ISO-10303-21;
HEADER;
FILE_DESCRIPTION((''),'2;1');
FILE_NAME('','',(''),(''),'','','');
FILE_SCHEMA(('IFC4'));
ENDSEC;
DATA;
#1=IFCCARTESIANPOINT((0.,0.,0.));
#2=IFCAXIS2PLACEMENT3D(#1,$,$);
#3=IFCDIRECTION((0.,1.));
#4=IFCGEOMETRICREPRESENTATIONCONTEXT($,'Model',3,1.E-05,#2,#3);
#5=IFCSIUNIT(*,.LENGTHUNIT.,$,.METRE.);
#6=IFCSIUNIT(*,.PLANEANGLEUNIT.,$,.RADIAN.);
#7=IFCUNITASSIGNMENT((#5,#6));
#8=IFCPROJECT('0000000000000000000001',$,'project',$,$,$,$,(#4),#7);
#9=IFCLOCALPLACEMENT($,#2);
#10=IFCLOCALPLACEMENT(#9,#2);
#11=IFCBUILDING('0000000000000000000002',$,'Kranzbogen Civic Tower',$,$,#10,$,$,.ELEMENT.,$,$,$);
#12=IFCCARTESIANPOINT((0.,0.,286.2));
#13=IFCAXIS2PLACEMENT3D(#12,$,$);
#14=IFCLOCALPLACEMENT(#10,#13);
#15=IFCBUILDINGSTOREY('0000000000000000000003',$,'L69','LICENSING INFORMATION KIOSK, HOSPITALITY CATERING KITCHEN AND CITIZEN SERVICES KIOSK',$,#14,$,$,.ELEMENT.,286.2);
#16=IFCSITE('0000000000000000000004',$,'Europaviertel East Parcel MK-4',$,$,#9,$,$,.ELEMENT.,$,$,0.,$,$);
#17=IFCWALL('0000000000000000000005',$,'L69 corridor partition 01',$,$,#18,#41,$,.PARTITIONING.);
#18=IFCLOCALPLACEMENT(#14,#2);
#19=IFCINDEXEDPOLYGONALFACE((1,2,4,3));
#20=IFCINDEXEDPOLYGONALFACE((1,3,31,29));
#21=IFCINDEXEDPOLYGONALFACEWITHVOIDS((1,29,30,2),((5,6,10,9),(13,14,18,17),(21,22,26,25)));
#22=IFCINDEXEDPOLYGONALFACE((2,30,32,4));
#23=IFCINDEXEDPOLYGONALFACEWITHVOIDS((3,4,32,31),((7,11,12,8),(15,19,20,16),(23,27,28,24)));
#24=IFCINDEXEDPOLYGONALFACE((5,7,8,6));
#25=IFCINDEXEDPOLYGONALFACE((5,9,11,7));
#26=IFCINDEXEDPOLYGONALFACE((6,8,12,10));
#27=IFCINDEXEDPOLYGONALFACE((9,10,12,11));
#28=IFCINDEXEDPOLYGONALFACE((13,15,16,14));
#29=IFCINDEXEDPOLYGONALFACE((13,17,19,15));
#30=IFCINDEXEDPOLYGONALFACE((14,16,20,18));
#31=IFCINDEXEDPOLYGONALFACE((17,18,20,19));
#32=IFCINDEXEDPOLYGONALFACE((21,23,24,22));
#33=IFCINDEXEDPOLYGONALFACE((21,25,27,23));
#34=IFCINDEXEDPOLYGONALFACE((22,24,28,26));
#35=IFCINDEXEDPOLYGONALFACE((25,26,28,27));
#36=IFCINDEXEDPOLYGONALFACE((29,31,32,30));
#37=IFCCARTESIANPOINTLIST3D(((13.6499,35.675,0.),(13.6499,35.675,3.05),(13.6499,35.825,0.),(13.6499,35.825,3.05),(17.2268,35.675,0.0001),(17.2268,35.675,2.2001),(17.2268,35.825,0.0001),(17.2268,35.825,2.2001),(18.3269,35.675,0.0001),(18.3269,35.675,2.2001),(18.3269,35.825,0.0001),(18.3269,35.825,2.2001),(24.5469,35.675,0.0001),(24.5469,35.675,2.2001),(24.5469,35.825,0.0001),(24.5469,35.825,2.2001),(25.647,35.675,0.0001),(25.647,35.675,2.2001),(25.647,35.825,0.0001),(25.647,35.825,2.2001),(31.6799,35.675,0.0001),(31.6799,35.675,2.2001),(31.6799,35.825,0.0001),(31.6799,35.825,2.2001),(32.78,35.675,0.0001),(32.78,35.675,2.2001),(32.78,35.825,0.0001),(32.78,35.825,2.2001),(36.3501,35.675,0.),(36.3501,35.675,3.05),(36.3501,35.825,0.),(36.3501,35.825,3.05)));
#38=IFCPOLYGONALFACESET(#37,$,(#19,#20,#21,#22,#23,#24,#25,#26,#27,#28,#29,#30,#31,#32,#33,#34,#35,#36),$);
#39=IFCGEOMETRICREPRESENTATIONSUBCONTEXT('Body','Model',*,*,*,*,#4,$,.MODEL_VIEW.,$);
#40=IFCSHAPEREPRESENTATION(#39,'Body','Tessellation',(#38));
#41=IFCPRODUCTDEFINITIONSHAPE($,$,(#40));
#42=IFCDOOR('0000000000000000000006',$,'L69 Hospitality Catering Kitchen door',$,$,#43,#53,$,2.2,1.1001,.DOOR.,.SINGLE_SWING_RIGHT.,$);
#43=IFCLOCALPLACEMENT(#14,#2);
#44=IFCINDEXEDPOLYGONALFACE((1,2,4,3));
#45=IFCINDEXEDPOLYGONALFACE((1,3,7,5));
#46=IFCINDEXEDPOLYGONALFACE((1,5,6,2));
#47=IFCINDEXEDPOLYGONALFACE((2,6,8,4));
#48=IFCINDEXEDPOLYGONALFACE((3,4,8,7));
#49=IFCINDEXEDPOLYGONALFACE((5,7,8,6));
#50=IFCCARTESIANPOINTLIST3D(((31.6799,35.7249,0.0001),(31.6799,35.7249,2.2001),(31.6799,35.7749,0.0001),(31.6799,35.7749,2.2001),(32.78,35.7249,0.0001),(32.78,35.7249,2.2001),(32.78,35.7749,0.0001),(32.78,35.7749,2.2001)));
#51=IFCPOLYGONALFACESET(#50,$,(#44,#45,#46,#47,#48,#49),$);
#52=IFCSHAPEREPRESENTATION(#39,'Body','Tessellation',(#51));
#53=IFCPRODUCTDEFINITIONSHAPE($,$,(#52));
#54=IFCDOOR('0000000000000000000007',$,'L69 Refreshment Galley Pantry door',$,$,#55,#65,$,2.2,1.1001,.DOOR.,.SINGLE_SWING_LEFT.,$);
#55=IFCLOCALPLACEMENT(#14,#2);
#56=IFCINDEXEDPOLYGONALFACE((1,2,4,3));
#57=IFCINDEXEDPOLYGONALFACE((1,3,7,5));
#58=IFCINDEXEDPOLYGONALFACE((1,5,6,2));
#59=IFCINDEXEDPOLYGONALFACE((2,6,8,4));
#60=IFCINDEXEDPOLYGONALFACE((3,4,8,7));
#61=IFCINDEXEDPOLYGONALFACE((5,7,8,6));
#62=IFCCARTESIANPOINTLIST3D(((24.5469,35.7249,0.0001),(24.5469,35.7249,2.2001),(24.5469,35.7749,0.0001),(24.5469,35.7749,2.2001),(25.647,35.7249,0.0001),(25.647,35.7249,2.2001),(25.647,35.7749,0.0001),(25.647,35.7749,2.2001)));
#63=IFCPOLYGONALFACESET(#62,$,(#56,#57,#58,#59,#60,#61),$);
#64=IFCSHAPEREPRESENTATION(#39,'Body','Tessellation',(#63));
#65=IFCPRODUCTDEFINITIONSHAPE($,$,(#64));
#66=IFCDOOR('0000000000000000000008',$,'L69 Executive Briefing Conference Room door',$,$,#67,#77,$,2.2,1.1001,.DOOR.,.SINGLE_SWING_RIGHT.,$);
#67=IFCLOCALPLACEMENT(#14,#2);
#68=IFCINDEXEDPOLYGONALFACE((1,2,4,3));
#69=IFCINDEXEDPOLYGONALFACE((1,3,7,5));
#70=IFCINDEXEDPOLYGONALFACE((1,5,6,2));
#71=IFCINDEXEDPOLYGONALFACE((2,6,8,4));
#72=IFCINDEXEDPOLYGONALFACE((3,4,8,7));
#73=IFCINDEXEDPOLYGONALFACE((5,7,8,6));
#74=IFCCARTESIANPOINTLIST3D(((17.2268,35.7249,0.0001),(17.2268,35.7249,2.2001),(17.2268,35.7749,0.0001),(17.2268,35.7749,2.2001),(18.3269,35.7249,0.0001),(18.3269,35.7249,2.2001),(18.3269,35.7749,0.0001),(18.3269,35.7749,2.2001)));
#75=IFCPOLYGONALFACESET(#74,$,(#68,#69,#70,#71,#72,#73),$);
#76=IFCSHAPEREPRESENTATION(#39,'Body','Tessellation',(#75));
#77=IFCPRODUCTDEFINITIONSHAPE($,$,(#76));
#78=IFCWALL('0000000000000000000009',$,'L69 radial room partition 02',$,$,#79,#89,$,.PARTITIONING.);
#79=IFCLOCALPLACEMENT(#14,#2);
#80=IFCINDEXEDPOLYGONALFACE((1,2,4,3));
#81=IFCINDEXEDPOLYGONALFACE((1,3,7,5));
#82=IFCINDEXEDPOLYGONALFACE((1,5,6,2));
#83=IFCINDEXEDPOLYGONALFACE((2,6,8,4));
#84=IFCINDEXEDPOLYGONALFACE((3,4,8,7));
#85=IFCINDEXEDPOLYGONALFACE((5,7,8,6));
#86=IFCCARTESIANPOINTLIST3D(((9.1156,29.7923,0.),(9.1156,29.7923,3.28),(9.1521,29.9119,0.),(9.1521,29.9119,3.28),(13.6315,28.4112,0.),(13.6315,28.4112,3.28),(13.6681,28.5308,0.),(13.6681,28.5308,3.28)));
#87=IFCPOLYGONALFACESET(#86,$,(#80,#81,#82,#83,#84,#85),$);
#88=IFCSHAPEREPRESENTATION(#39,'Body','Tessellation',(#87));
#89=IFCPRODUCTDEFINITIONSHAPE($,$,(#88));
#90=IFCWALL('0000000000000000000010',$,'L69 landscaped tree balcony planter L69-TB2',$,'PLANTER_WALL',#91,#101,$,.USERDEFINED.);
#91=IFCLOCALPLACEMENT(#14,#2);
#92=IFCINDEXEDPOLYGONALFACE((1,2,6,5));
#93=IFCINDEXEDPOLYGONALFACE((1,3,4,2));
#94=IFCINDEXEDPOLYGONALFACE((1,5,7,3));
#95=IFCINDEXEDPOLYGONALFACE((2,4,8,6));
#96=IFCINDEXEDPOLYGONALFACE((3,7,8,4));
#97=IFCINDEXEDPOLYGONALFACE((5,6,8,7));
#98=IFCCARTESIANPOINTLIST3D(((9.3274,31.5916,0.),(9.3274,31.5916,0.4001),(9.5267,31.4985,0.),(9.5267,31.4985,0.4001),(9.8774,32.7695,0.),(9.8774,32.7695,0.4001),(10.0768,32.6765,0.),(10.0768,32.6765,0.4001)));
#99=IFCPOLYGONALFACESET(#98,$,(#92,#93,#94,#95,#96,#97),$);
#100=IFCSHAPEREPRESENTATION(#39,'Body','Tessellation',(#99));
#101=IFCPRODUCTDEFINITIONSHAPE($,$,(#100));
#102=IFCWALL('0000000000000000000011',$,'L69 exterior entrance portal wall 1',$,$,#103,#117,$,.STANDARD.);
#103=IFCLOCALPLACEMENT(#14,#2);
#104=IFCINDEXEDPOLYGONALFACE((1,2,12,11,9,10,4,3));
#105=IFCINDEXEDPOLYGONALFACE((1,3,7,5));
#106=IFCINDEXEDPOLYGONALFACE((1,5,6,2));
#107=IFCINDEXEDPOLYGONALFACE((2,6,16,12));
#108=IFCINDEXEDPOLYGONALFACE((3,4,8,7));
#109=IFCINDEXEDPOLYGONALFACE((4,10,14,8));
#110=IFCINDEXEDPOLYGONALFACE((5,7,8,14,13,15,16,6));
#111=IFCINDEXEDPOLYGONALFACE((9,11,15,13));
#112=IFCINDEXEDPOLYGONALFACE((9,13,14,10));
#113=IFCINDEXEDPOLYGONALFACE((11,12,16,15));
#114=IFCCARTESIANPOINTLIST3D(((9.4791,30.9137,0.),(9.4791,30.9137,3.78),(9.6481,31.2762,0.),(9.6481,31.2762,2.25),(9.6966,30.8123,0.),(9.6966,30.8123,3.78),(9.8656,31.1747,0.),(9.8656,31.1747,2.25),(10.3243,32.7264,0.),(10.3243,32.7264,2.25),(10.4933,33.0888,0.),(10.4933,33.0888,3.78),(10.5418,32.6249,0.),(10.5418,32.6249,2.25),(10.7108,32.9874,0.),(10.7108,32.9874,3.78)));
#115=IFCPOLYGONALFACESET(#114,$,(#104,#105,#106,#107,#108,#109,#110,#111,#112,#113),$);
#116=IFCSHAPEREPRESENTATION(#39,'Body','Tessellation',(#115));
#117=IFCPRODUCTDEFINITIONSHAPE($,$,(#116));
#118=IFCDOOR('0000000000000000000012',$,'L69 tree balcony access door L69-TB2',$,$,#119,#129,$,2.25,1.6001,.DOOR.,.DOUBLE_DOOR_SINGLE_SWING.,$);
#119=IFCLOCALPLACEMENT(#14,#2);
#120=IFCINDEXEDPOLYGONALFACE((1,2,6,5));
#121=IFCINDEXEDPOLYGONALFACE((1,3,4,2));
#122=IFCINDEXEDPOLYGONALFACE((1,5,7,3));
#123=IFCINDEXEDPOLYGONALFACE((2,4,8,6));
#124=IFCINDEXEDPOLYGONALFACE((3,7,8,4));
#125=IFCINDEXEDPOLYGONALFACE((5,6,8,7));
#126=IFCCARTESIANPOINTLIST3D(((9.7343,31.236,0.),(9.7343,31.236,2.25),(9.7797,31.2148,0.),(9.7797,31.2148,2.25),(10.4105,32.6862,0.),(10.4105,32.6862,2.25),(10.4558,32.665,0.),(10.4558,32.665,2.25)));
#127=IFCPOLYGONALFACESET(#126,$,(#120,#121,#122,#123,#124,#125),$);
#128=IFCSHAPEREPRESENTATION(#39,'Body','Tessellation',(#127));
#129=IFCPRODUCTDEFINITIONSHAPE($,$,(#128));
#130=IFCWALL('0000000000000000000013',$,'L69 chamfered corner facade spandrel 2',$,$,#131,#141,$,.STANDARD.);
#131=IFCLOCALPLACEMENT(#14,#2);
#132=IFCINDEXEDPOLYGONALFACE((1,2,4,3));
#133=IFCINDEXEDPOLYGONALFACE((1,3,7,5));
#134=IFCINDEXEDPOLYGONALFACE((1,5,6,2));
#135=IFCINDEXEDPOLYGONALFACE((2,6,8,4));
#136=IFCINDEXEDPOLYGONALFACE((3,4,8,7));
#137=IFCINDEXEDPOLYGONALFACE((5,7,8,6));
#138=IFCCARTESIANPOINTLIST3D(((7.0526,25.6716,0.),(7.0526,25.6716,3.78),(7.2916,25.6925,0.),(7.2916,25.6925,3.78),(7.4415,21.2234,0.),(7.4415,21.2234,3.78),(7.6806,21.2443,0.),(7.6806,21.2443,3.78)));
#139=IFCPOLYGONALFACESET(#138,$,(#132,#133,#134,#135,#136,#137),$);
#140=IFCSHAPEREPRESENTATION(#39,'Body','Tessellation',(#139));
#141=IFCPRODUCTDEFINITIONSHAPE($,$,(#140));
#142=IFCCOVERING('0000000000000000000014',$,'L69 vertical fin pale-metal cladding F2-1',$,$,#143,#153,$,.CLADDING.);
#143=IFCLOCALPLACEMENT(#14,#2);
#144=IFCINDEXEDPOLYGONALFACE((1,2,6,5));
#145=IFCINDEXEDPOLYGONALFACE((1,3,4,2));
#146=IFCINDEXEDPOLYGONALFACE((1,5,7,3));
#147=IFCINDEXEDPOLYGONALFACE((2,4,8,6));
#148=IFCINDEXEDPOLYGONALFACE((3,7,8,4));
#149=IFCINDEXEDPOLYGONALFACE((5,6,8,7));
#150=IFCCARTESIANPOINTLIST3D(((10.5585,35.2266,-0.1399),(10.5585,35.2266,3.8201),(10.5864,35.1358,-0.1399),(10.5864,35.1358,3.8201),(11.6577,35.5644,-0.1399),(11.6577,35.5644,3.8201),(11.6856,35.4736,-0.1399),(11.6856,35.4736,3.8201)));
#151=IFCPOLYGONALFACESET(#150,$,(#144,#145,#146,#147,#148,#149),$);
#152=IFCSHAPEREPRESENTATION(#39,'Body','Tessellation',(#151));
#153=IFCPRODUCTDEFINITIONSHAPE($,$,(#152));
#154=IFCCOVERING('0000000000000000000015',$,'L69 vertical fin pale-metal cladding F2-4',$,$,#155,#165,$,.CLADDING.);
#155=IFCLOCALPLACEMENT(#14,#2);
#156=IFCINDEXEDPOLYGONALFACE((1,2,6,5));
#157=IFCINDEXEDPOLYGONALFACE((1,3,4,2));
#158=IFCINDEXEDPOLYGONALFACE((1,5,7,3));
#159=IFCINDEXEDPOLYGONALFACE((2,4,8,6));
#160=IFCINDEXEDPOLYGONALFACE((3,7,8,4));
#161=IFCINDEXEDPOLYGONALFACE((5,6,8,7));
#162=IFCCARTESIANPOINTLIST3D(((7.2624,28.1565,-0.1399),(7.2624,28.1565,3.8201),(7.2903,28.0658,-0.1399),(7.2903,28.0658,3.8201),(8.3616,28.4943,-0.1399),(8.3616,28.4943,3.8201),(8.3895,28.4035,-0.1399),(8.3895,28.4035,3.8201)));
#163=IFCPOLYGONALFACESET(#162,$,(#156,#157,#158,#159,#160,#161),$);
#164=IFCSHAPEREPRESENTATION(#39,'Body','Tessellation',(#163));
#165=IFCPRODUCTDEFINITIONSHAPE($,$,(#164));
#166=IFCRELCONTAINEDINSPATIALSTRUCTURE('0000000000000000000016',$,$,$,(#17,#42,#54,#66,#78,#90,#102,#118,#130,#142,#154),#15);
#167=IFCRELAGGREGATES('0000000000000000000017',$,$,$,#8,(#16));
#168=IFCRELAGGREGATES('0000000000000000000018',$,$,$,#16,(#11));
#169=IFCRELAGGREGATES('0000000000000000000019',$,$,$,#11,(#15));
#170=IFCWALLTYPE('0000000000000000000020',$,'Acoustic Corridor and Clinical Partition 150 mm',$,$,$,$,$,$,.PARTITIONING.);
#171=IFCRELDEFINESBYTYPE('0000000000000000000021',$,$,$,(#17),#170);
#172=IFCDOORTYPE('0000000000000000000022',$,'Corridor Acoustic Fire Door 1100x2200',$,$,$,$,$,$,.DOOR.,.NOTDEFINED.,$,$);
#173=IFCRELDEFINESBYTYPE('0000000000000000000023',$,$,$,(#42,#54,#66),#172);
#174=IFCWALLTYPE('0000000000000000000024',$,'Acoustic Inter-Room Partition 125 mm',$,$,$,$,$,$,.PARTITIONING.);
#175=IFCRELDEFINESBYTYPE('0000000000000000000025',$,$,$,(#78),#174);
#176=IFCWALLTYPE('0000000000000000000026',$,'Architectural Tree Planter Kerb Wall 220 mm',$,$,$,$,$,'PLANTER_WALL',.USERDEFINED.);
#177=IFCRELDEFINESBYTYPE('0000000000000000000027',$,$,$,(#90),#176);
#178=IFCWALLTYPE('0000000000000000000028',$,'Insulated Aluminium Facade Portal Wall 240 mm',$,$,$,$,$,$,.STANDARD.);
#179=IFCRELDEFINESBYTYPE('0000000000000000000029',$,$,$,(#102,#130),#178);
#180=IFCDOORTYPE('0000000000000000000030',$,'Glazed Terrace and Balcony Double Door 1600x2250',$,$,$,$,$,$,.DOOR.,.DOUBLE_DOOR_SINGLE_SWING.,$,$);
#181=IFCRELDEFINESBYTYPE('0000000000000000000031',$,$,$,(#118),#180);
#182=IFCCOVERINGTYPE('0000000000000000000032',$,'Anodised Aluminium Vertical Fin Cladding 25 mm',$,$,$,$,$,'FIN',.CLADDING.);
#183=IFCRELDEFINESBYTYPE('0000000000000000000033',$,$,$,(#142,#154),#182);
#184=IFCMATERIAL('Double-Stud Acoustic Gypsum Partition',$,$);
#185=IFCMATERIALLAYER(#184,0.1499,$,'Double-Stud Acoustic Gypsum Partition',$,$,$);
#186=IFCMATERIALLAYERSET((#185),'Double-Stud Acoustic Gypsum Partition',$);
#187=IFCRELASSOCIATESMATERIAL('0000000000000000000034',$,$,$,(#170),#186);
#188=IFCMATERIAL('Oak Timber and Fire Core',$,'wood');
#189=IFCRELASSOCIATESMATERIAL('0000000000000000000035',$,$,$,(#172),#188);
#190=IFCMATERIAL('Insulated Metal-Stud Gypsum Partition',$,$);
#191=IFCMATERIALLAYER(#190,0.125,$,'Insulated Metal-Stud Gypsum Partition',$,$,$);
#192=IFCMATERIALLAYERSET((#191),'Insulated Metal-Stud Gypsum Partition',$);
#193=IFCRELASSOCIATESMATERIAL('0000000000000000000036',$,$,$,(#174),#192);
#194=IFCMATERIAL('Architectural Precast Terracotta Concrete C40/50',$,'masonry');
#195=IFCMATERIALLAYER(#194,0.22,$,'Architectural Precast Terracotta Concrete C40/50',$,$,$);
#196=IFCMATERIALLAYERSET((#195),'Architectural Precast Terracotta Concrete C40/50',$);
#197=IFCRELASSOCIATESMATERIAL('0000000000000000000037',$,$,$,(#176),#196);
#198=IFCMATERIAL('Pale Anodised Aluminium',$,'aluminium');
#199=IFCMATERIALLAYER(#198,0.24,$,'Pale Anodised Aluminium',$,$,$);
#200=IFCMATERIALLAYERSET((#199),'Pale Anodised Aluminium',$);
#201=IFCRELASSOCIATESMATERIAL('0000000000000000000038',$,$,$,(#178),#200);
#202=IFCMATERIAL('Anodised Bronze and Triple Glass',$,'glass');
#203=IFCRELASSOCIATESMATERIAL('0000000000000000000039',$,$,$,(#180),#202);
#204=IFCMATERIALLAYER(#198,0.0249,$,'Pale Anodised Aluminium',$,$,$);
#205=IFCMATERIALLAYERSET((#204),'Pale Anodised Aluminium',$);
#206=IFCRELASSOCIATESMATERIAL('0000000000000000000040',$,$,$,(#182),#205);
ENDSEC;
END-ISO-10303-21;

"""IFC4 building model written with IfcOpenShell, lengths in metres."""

from ifc_helpers import new_model, si_unit, direction, frame, frame_2d, origin, origin_2d, place, context, subcontext, project, spatial, rectangle, extrude, material, layer, layer_set, type_object, element, fill, save


model = new_model("IFC4")

# Units and contexts
model_context = context("Model", 3, precision=1e-05, world=origin(), true_north=direction((0.0, 1.0)))
body_context = subcontext(model_context, "Body", "Model", "MODEL_VIEW")
ifc_project = project(units=[si_unit("LENGTHUNIT", "METRE"), si_unit("PLANEANGLEUNIT", "RADIAN")], contexts=[model_context])

# Site, building, storey
site_placement = place(None, origin())
site = spatial("IfcSite", under=ifc_project, at=site_placement, Name="Europaviertel East Parcel MK-4", CompositionType="ELEMENT", RefElevation=0.0)
building_placement = place(site_placement, origin())
building = spatial("IfcBuilding", under=site, at=building_placement, Name="Kranzbogen Civic Tower", CompositionType="ELEMENT")
storey_placement = place(building_placement, frame((0.0, 0.0, 286.2)))
storey = spatial("IfcBuildingStorey", under=building, at=storey_placement, Name="L69", Description="LICENSING INFORMATION KIOSK, HOSPITALITY CATERING KITCHEN AND CITIZEN SERVICES KIOSK", CompositionType="ELEMENT", Elevation=286.2)

# Shared definitions
ifc_material_1 = material(Name="Pale Anodised Aluminium", Category="aluminium")

# Wall, openings, doors
ifc_material_2 = material(Name="Double-Stud Acoustic Gypsum Partition")
ifc_layer_1 = layer(ifc_material_2, 0.1499, Name="Double-Stud Acoustic Gypsum Partition")
ifc_layer_set_1 = layer_set([ifc_layer_1], Name="Double-Stud Acoustic Gypsum Partition")
wall_type_1 = type_object("IfcWallType", Name="Acoustic Corridor and Clinical Partition 150 mm", PredefinedType="PARTITIONING", material=ifc_layer_set_1)
wall_1_placement = place(storey_placement, frame((13.6499, 35.75, 0.0), z_axis=(0.0, 0.0, 1.0), x_axis=(1.0, 0.0, 0.0)))
wall_1 = element("IfcWall", 1, at=wall_1_placement, inside=storey, type_object=wall_type_1, Name="L69 corridor partition 01", PredefinedType="PARTITIONING", context=body_context, shape_type="SweptSolid", body=[
    extrude(rectangle(XDim=22.7002, YDim=0.1499, at=frame_2d((11.3501, 0.0))), origin(), (0.0, 0.0, 1.0), 3.05),
])
opening_1_placement = place(wall_1_placement, frame((18.03, 0.0, 0.0)))
opening_1 = element("IfcOpeningElement", 2, at=opening_1_placement, cuts=wall_1, PredefinedType="OPENING", context=body_context, shape_type="SweptSolid", body=[
    extrude(rectangle(XDim=1.1001, YDim=2.2, at=frame_2d((0.55, 1.1001))), frame((0.0, 0.085, 0.0), z_axis=(0.0, -1.0, 0.0), x_axis=(1.0, 0.0, 0.0)), (0.0, 0.0, 1.0), 0.1699),
])
opening_2_placement = place(wall_1_placement, frame((10.897, 0.0, 0.0)))
opening_2 = element("IfcOpeningElement", 3, at=opening_2_placement, cuts=wall_1, PredefinedType="OPENING", context=body_context, shape_type="SweptSolid", body=[
    extrude(rectangle(XDim=1.1001, YDim=2.2, at=frame_2d((0.55, 1.1001))), frame((0.0, 0.085, 0.0), z_axis=(0.0, -1.0, 0.0), x_axis=(1.0, 0.0, 0.0)), (0.0, 0.0, 1.0), 0.1699),
])
opening_3_placement = place(wall_1_placement, frame((3.5769, 0.0, 0.0)))
opening_3 = element("IfcOpeningElement", 4, at=opening_3_placement, cuts=wall_1, PredefinedType="OPENING", context=body_context, shape_type="SweptSolid", body=[
    extrude(rectangle(XDim=1.1001, YDim=2.2, at=frame_2d((0.55, 1.1001))), frame((0.0, 0.085, 0.0), z_axis=(0.0, -1.0, 0.0), x_axis=(1.0, 0.0, 0.0)), (0.0, 0.0, 1.0), 0.1699),
])
ifc_material_3 = material(Name="Oak Timber and Fire Core", Category="wood")
door_type_1 = type_object("IfcDoorType", Name="Corridor Acoustic Fire Door 1100x2200", OperationType="NOTDEFINED", PredefinedType="DOOR", material=ifc_material_3)
door_1_placement = place(opening_1_placement, origin())
door_1 = element("IfcDoor", 5, at=door_1_placement, inside=storey, type_object=door_type_1, Name="L69 Hospitality Catering Kitchen door", OperationType="SINGLE_SWING_RIGHT", OverallHeight=2.2, OverallWidth=1.1001, PredefinedType="DOOR", context=body_context, shape_type="SweptSolid", body=[
    extrude(rectangle(XDim=1.1001, YDim=2.2, at=frame_2d((0.55, 1.1001))), frame((0.0, 0.0249, 0.0), z_axis=(0.0, -1.0, 0.0), x_axis=(1.0, 0.0, 0.0)), (0.0, 0.0, 1.0), 0.05),
])
fill(opening_1, door_1)
door_2_placement = place(opening_2_placement, origin())
door_2 = element("IfcDoor", 6, at=door_2_placement, inside=storey, type_object=door_type_1, Name="L69 Refreshment Galley Pantry door", OperationType="SINGLE_SWING_LEFT", OverallHeight=2.2, OverallWidth=1.1001, PredefinedType="DOOR", context=body_context, shape_type="SweptSolid", body=[
    extrude(rectangle(XDim=1.1001, YDim=2.2, at=frame_2d((0.55, 1.1001))), frame((0.0, 0.0249, 0.0), z_axis=(0.0, -1.0, 0.0), x_axis=(1.0, 0.0, 0.0)), (0.0, 0.0, 1.0), 0.05),
])
fill(opening_2, door_2)
door_3_placement = place(opening_3_placement, origin())
door_3 = element("IfcDoor", 7, at=door_3_placement, inside=storey, type_object=door_type_1, Name="L69 Executive Briefing Conference Room door", OperationType="SINGLE_SWING_RIGHT", OverallHeight=2.2, OverallWidth=1.1001, PredefinedType="DOOR", context=body_context, shape_type="SweptSolid", body=[
    extrude(rectangle(XDim=1.1001, YDim=2.2, at=frame_2d((0.55, 1.1001))), frame((0.0, 0.0249, 0.0), z_axis=(0.0, -1.0, 0.0), x_axis=(1.0, 0.0, 0.0)), (0.0, 0.0, 1.0), 0.05),
])
fill(opening_3, door_3)

# Walls
ifc_material_4 = material(Name="Insulated Metal-Stud Gypsum Partition")
ifc_layer_2 = layer(ifc_material_4, 0.125, Name="Insulated Metal-Stud Gypsum Partition")
ifc_layer_set_2 = layer_set([ifc_layer_2], Name="Insulated Metal-Stud Gypsum Partition")
wall_type_2 = type_object("IfcWallType", Name="Acoustic Inter-Room Partition 125 mm", PredefinedType="PARTITIONING", material=ifc_layer_set_2)
wall_2_placement = place(storey_placement, frame((13.6499, 28.4709, 0.0), z_axis=(0.0, 0.0, 1.0), x_axis=(-0.956277, 0.292462, 0.0)))
element("IfcWall", 8, at=wall_2_placement, inside=storey, type_object=wall_type_2, Name="L69 radial room partition 02", PredefinedType="PARTITIONING", context=body_context, shape_type="SweptSolid", body=[
    extrude(rectangle(XDim=4.7224, YDim=0.125, at=frame_2d((2.3613, 0.0))), origin(), (0.0, 0.0, 1.0), 3.28),
])
ifc_material_5 = material(Name="Architectural Precast Terracotta Concrete C40/50", Category="masonry")
ifc_layer_3 = layer(ifc_material_5, 0.22, Name="Architectural Precast Terracotta Concrete C40/50")
ifc_layer_set_3 = layer_set([ifc_layer_3], Name="Architectural Precast Terracotta Concrete C40/50")
wall_type_3 = type_object("IfcWallType", Name="Architectural Tree Planter Kerb Wall 220 mm", ElementType="PLANTER_WALL", PredefinedType="USERDEFINED", material=ifc_layer_set_3)
wall_3_placement = place(storey_placement, frame((9.9771, 32.7229, 0.0), z_axis=(0.0, 0.0, 1.0), x_axis=(-0.423091, -0.906087, 0.0)))
element("IfcWall", 9, at=wall_3_placement, inside=storey, type_object=wall_type_3, Name="L69 landscaped tree balcony planter L69-TB2", ObjectType="PLANTER_WALL", PredefinedType="USERDEFINED", context=body_context, shape_type="SweptSolid", body=[
    extrude(rectangle(XDim=1.3, YDim=0.22, at=frame_2d((0.6499, 0.0))), origin(), (0.0, 0.0, 1.0), 0.4001),
])

# Wall, opening, door
ifc_layer_4 = layer(ifc_material_1, 0.24, Name="Pale Anodised Aluminium")
ifc_layer_set_4 = layer_set([ifc_layer_4], Name="Pale Anodised Aluminium")
wall_type_4 = type_object("IfcWallType", Name="Insulated Aluminium Facade Portal Wall 240 mm", PredefinedType="STANDARD", material=ifc_layer_set_4)
wall_4_placement = place(storey_placement, frame((10.6021, 33.0381, 0.0), z_axis=(0.0, 0.0, 1.0), x_axis=(-0.42259, -0.906321, 0.0)))
wall_4 = element("IfcWall", 10, at=wall_4_placement, inside=storey, type_object=wall_type_4, Name="L69 exterior entrance portal wall 1", PredefinedType="STANDARD", context=body_context, shape_type="SweptSolid", body=[
    extrude(rectangle(XDim=2.3999, YDim=0.24, at=frame_2d((1.2, 0.0))), origin(), (0.0, 0.0, 1.0), 3.78),
])
opening_4_placement = place(wall_4_placement, frame((0.3999, 0.0, 0.0)))
opening_4 = element("IfcOpeningElement", 11, at=opening_4_placement, cuts=wall_4, PredefinedType="OPENING", context=body_context, shape_type="SweptSolid", body=[
    extrude(rectangle(XDim=1.6001, YDim=2.25, at=frame_2d((0.8, 1.125))), frame((0.0, 0.1299, 0.0), z_axis=(0.0, -1.0, 0.0), x_axis=(1.0, 0.0, 0.0)), (0.0, 0.0, 1.0), 0.26),
])
ifc_material_6 = material(Name="Anodised Bronze and Triple Glass", Category="glass")
door_type_2 = type_object("IfcDoorType", Name="Glazed Terrace and Balcony Double Door 1600x2250", OperationType="DOUBLE_DOOR_SINGLE_SWING", PredefinedType="DOOR", material=ifc_material_6)
door_4_placement = place(opening_4_placement, frame((1.6001, 0.0, 0.0), z_axis=(0.0, 0.0, 1.0), x_axis=(-1.0, 0.0, 0.0)))
door_4 = element("IfcDoor", 12, at=door_4_placement, inside=storey, type_object=door_type_2, Name="L69 tree balcony access door L69-TB2", OperationType="DOUBLE_DOOR_SINGLE_SWING", OverallHeight=2.25, OverallWidth=1.6001, PredefinedType="DOOR", context=body_context, shape_type="SweptSolid", body=[
    extrude(rectangle(XDim=1.6001, YDim=2.25, at=frame_2d((0.8, 1.125))), frame((0.0, 0.0249, 0.0), z_axis=(0.0, -1.0, 0.0), x_axis=(1.0, 0.0, 0.0)), (0.0, 0.0, 1.0), 0.05),
])
fill(opening_4, door_4)

# Wall
wall_5_placement = place(storey_placement, frame((7.1721, 25.6819, 0.0), z_axis=(0.0, 0.0, 1.0), x_axis=(0.087104, -0.996199, 0.0)))
element("IfcWall", 13, at=wall_5_placement, inside=storey, type_object=wall_type_4, Name="L69 chamfered corner facade spandrel 2", PredefinedType="STANDARD", context=body_context, shape_type="SweptSolid", body=[
    extrude(rectangle(XDim=4.4651, YDim=0.24, at=frame_2d((2.2324, 0.0))), origin(), (0.0, 0.0, 1.0), 3.78),
])

# Coverings
ifc_layer_5 = layer(ifc_material_1, 0.0249, Name="Pale Anodised Aluminium")
ifc_layer_set_5 = layer_set([ifc_layer_5], Name="Pale Anodised Aluminium")
covering_type = type_object("IfcCoveringType", Name="Anodised Aluminium Vertical Fin Cladding 25 mm", ElementType="FIN", PredefinedType="CLADDING", material=ifc_layer_set_5)
for number, where, z_axis, x_axis, name in (
    (14, (11.1221, 35.3501, -0.1399), (0.0, 0.0, 1.0), (-0.955885, -0.29374, 0.0), "L69 vertical fin pale-metal cladding F2-1"),
    (15, (7.8259, 28.28, -0.1399), (0.0, 0.0, 1.0), (-0.955885, -0.29374, 0.0), "L69 vertical fin pale-metal cladding F2-4"),
):
    element("IfcCovering", number, at=place(storey_placement, frame(where, z_axis=z_axis, x_axis=x_axis)), inside=storey, type_object=covering_type, Name=name, PredefinedType="CLADDING", context=body_context, shape_type="SweptSolid", body=[
        extrude(rectangle(XDim=1.1499, YDim=0.095, at=origin_2d()), origin(), (0.0, 0.0, 1.0), 3.96),
    ])

save(model, "model.ifc")
